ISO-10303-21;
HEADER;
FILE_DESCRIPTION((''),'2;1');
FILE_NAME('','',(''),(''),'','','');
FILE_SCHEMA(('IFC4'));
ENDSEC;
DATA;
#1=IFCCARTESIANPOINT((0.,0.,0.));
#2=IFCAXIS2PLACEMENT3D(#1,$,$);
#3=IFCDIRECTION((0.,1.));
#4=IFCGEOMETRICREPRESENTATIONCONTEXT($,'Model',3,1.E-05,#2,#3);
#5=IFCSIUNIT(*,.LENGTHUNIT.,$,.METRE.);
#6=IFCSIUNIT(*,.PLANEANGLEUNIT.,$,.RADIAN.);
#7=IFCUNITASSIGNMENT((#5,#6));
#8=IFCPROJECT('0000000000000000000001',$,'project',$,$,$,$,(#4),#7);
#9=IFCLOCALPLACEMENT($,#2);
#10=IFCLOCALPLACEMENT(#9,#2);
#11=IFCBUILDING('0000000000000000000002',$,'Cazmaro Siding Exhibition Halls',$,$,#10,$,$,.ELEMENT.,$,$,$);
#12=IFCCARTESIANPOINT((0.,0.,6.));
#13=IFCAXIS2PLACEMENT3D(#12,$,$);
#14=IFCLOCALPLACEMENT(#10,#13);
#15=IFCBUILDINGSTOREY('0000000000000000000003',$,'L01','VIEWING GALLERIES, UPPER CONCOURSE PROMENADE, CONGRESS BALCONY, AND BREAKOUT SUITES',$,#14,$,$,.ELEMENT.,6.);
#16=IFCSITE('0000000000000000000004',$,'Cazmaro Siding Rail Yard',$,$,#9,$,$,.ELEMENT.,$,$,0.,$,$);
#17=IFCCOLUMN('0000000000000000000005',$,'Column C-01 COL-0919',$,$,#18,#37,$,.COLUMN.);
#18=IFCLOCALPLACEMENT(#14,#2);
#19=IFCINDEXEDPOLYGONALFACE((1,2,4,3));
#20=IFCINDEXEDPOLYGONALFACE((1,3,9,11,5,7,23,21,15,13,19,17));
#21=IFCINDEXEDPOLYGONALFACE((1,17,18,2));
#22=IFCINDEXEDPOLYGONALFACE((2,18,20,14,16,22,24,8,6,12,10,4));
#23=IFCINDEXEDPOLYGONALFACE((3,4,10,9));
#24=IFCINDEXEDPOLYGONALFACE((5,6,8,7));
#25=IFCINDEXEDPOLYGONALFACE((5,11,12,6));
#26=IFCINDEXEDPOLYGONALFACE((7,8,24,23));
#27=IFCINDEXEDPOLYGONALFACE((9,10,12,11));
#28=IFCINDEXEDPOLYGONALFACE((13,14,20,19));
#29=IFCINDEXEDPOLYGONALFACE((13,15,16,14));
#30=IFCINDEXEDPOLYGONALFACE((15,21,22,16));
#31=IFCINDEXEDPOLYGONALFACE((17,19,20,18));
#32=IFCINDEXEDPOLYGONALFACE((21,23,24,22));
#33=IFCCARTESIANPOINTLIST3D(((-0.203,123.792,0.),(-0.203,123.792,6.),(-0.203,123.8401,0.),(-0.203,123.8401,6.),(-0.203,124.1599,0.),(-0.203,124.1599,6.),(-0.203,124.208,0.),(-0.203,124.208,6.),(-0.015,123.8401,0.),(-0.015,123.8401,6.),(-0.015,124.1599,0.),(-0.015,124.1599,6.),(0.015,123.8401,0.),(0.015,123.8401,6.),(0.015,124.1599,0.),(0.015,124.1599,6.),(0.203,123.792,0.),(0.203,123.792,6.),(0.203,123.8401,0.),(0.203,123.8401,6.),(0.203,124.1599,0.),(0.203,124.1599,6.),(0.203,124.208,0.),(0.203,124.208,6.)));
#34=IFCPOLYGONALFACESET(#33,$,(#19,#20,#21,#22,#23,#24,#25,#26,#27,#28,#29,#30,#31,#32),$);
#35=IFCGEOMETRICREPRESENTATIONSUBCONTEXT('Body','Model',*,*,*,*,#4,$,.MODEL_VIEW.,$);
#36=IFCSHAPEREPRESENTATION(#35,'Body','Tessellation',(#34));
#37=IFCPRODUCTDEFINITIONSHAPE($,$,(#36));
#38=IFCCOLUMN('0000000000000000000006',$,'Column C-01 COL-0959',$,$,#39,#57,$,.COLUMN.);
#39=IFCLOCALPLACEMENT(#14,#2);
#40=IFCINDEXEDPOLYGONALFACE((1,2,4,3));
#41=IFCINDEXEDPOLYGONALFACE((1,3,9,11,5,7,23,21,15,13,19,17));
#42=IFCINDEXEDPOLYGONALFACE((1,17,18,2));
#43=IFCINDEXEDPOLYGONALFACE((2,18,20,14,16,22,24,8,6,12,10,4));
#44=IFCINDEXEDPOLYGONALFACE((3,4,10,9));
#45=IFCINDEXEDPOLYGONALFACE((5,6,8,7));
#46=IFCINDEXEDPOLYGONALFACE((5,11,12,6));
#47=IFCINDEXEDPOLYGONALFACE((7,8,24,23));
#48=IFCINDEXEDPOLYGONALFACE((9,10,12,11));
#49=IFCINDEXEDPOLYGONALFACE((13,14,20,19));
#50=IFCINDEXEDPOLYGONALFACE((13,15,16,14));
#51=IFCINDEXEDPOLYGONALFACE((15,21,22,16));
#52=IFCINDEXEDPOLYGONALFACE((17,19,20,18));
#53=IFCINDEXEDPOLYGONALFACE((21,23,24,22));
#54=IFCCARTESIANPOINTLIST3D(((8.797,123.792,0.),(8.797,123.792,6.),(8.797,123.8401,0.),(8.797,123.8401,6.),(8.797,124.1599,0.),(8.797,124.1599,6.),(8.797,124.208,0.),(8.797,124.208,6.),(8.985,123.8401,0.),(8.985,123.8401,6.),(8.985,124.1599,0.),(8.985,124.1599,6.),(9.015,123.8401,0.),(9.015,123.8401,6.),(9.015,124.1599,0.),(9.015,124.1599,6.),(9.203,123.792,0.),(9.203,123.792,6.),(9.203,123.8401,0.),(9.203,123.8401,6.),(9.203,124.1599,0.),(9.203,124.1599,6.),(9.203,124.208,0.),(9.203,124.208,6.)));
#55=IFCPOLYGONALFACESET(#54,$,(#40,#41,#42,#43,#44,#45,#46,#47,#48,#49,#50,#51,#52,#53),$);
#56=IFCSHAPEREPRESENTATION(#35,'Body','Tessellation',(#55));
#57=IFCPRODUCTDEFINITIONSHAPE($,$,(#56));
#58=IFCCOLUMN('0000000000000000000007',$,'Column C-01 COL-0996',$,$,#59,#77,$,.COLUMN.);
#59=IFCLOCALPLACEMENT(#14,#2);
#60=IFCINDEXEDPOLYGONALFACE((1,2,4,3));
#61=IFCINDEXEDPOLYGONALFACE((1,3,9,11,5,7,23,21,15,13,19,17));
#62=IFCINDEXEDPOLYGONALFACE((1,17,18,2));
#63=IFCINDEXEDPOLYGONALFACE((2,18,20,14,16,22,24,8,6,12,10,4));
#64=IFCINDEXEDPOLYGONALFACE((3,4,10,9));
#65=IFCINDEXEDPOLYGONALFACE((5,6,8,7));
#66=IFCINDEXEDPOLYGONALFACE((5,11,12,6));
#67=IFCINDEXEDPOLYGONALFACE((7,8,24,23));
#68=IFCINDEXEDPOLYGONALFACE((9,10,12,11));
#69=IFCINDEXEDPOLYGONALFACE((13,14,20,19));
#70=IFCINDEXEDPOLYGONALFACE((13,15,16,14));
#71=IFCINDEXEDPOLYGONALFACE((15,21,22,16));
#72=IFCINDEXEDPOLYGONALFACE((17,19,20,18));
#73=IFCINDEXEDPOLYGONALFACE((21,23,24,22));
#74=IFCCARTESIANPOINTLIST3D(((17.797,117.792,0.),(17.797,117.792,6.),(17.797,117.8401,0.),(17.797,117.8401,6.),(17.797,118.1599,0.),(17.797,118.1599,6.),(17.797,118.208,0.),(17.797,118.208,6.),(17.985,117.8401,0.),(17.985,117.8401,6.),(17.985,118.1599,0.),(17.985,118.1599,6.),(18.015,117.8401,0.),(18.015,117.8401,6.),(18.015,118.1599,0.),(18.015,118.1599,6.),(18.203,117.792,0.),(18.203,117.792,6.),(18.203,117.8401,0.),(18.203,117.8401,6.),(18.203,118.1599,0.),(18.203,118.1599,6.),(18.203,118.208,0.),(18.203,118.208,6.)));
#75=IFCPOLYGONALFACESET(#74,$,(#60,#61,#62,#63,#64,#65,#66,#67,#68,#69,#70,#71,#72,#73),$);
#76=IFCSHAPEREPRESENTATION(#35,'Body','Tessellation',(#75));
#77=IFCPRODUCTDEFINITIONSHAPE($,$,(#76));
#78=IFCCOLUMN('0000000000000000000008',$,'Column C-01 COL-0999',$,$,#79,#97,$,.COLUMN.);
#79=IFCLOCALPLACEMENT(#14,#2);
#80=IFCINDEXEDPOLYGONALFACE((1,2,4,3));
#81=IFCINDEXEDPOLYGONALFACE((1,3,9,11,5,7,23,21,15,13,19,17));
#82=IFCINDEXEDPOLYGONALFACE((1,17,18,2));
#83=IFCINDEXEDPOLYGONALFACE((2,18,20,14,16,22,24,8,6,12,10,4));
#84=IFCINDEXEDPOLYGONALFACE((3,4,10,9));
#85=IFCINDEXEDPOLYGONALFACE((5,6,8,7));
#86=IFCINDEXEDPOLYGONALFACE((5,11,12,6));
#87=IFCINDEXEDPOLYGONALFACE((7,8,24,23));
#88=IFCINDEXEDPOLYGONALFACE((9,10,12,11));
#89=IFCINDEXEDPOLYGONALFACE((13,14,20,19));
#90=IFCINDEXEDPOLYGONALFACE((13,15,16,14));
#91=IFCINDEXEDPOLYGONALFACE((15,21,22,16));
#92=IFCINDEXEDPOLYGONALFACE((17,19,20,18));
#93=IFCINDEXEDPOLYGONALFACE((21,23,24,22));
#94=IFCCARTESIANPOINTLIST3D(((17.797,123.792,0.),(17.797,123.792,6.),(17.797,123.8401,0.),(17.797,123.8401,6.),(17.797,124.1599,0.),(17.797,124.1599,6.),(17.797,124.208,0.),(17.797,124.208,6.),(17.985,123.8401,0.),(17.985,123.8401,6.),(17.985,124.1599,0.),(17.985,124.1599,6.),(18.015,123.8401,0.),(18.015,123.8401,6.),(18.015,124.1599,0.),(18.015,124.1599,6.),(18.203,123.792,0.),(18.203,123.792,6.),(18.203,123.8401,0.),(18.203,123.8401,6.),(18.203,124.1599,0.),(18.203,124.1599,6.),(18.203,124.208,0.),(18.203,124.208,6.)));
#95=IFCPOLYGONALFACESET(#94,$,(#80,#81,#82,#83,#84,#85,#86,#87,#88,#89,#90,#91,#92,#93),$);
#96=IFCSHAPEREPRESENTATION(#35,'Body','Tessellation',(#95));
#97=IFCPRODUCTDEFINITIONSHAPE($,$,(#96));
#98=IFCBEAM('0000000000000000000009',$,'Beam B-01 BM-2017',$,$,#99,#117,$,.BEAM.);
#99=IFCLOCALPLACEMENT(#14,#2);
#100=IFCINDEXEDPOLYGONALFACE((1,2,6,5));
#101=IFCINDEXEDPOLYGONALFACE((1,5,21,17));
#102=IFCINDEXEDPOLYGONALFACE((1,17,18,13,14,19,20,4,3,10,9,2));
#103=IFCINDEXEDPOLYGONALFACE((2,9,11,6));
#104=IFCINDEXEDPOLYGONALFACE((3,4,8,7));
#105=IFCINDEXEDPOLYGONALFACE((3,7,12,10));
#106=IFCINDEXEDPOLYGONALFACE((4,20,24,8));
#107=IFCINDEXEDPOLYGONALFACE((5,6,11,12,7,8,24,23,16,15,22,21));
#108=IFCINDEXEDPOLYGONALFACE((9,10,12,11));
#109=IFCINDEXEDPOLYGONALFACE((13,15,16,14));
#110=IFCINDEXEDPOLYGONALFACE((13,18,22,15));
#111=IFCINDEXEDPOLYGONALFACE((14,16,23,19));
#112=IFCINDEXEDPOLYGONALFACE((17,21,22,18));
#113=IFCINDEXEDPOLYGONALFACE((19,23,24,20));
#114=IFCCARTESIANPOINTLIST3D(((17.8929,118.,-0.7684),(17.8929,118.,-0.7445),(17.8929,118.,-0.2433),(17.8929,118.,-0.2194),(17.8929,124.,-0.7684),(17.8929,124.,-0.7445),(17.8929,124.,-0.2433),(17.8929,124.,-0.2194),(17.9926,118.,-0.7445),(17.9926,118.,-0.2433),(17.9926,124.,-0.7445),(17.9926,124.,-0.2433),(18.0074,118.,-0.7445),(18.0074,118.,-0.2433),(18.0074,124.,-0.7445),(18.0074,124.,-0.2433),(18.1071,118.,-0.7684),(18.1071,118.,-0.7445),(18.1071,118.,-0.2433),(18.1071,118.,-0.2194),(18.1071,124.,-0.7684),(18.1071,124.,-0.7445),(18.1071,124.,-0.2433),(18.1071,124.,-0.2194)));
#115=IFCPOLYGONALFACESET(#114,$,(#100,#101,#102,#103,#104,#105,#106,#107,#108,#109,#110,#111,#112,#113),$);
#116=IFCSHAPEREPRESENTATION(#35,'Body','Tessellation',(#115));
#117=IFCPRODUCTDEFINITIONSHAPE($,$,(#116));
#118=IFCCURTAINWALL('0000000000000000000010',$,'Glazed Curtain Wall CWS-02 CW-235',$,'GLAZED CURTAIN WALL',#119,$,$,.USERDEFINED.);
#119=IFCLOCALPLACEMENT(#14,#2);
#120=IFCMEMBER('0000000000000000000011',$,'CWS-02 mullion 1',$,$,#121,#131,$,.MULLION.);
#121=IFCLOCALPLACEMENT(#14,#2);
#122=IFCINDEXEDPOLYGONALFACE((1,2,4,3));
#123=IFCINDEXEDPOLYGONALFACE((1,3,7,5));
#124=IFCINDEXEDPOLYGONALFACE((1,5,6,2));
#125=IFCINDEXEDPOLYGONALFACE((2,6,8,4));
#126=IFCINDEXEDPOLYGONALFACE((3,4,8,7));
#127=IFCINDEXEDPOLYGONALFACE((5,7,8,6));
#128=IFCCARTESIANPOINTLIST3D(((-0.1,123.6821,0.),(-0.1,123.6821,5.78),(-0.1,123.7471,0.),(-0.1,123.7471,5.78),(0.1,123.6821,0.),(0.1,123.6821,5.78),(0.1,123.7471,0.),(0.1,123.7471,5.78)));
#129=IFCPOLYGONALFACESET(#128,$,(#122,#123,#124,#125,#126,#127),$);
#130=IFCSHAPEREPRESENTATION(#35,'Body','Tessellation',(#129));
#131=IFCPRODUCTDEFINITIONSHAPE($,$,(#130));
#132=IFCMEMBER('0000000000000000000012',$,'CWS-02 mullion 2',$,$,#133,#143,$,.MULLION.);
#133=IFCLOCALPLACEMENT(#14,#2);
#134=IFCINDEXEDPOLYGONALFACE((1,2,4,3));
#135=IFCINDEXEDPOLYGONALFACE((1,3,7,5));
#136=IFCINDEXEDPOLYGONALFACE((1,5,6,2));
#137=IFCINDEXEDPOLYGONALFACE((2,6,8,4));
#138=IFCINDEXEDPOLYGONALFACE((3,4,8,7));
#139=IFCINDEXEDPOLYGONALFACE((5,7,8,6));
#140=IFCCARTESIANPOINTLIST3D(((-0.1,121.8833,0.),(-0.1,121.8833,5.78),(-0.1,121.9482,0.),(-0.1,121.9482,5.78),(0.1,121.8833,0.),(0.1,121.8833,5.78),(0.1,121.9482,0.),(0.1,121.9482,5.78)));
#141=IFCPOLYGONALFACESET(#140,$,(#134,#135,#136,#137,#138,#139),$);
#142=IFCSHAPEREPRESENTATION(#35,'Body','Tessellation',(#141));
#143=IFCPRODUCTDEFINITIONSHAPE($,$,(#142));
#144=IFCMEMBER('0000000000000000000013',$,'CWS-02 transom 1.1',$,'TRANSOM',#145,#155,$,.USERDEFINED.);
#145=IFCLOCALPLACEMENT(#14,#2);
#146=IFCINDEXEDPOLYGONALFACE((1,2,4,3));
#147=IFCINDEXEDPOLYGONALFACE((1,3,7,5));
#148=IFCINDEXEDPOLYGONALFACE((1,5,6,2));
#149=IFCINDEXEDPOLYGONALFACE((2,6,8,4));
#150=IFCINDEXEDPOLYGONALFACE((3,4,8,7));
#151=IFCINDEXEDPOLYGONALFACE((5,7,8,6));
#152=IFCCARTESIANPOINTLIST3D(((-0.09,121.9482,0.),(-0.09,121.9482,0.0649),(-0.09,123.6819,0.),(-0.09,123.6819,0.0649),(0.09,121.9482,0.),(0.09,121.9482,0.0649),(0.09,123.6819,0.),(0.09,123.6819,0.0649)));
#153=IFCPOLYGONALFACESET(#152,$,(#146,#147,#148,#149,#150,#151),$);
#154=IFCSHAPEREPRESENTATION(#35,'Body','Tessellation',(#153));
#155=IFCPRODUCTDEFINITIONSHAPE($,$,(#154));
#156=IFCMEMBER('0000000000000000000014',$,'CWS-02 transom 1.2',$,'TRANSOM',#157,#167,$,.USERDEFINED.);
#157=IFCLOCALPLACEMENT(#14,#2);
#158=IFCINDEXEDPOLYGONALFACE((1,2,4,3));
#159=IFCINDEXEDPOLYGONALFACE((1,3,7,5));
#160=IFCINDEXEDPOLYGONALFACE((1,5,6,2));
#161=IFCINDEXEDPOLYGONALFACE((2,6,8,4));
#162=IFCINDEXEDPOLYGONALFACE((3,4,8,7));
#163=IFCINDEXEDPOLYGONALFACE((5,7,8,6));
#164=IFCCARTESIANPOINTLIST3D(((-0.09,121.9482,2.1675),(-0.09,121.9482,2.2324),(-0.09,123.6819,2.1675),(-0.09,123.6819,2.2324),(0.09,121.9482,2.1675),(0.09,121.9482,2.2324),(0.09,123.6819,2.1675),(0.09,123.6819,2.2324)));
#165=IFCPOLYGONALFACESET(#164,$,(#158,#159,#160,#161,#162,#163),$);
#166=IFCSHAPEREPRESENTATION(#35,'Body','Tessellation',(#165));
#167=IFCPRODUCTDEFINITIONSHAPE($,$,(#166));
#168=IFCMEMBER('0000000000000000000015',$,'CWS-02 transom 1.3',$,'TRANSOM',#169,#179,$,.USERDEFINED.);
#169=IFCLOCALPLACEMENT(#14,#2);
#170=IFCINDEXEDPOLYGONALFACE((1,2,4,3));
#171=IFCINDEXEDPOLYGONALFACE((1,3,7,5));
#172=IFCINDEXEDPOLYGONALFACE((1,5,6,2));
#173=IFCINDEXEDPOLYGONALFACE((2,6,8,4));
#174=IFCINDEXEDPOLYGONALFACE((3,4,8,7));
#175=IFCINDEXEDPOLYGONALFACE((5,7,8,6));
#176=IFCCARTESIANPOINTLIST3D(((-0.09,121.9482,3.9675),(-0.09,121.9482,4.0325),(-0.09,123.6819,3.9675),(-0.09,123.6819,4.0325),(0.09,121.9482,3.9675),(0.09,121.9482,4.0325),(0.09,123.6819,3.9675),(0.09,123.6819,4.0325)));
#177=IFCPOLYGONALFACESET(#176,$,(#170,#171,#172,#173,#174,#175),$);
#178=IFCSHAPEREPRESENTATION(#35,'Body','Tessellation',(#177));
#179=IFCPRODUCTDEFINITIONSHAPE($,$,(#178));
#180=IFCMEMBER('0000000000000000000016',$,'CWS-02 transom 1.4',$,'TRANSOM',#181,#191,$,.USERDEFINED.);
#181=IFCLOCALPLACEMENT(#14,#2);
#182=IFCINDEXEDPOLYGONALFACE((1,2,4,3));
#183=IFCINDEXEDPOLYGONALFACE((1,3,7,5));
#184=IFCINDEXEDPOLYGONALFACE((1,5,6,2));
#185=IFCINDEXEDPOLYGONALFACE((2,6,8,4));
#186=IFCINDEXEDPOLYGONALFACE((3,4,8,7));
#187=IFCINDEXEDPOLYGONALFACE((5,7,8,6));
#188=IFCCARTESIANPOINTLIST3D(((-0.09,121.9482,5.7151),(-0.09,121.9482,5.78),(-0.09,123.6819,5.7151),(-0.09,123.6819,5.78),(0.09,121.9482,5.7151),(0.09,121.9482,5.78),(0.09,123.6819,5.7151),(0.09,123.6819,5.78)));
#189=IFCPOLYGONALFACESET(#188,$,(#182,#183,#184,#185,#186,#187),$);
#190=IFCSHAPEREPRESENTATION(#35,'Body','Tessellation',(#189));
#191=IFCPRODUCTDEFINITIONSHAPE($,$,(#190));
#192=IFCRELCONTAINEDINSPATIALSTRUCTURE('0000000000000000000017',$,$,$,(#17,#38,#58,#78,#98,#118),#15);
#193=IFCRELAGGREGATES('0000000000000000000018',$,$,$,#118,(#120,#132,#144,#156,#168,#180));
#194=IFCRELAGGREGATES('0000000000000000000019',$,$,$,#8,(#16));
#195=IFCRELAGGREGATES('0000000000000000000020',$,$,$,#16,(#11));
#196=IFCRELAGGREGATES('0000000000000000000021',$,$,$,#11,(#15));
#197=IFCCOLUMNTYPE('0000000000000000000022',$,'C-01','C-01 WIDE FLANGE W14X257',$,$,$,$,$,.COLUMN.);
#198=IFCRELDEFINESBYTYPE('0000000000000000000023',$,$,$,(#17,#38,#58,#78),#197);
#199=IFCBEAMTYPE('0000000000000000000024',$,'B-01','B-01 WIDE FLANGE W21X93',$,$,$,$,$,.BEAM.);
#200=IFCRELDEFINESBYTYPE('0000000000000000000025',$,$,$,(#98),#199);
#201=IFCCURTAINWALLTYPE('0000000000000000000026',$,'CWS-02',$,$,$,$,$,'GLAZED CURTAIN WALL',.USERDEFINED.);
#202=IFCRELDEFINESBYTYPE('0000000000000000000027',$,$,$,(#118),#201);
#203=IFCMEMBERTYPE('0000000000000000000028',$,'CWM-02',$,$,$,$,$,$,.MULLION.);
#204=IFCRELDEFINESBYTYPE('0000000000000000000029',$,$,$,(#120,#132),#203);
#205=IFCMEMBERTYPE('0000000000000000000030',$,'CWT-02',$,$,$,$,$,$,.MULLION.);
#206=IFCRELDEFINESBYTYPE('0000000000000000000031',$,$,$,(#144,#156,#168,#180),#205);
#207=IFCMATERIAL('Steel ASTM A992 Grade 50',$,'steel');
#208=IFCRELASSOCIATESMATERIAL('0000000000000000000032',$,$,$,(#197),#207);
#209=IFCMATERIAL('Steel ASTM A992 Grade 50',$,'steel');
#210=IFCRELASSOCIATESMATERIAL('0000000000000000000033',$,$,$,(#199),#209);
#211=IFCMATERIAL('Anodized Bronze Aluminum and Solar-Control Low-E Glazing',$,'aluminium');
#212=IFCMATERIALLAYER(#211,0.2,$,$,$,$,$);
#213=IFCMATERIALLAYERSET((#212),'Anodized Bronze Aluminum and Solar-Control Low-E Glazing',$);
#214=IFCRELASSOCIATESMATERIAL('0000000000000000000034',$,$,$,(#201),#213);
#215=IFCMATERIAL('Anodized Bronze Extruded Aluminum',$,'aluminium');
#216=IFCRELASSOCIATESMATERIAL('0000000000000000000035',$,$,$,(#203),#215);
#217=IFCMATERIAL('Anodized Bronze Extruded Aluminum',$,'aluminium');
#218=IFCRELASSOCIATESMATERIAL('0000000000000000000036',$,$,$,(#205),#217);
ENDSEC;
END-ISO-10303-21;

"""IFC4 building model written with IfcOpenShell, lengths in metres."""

from ifc_helpers import new_model, si_unit, direction, frame, origin, origin_2d, place, context, subcontext, project, spatial, rectangle, i_section, extrude, material, layer, layer_set, material_profile, profile_set, type_object, element, aggregate, save


model = new_model("IFC4")

# Units and contexts
model_context = context("Model", 3, precision=1e-05, world=origin(), true_north=direction((0.0, 1.0)))
body_context = subcontext(model_context, "Body", "Model", "MODEL_VIEW")
ifc_project = project(units=[si_unit("LENGTHUNIT", "METRE"), si_unit("PLANEANGLEUNIT", "RADIAN")], contexts=[model_context])

# Site, building, storey
site_placement = place(None, origin())
site = spatial("IfcSite", under=ifc_project, at=site_placement, Name="Cazmaro Siding Rail Yard", CompositionType="ELEMENT", RefElevation=0.0)
building_placement = place(site_placement, origin())
building = spatial("IfcBuilding", under=site, at=building_placement, Name="Cazmaro Siding Exhibition Halls", CompositionType="ELEMENT")
storey_placement = place(building_placement, frame((0.0, 0.0, 6.0)))
storey = spatial("IfcBuildingStorey", under=building, at=storey_placement, Name="L01", Description="VIEWING GALLERIES, UPPER CONCOURSE PROMENADE, CONGRESS BALCONY, AND BREAKOUT SUITES", CompositionType="ELEMENT", Elevation=6.0)

# Columns
ifc_material_1 = material(Name="Steel ASTM A992 Grade 50", Category="steel")
ifc_material_profile_1 = material_profile(ifc_material_1, i_section(OverallWidth=0.406, OverallDepth=0.416, WebThickness=0.03, FlangeThickness=0.0481, at=origin_2d()), Name="W14X257")
ifc_profile_set_1 = profile_set([ifc_material_profile_1], Name="Steel ASTM A992 Grade 50")
column_type = type_object("IfcColumnType", Name="C-01", Description="C-01 WIDE FLANGE W14X257", PredefinedType="COLUMN", material=ifc_profile_set_1)
for number, where, z_axis, x_axis, name in (
    (1, (0.0, 124.0, 0.0), (0.0, 0.0, 1.0), (1.0, 0.0, 0.0), "Column C-01 COL-0919"),
    (2, (9.0, 124.0, 0.0), (0.0, 0.0, 1.0), (1.0, 0.0, 0.0), "Column C-01 COL-0959"),
    (3, (18.0, 118.0, 0.0), (0.0, 0.0, 1.0), (1.0, 0.0, 0.0), "Column C-01 COL-0996"),
    (4, (18.0, 124.0, 0.0), (0.0, 0.0, 1.0), (1.0, 0.0, 0.0), "Column C-01 COL-0999"),
):
    element("IfcColumn", number, at=place(storey_placement, frame(where, z_axis=z_axis, x_axis=x_axis)), inside=storey, type_object=column_type, Name=name, PredefinedType="COLUMN", context=body_context, shape_type="SweptSolid", body=[
        extrude(i_section(OverallWidth=0.406, OverallDepth=0.416, WebThickness=0.03, FlangeThickness=0.0481, at=origin_2d()), origin(), (0.0, 0.0, 1.0), 6.0),
    ])

# Beam
ifc_material_2 = material(Name="Steel ASTM A992 Grade 50", Category="steel")
ifc_material_profile_2 = material_profile(ifc_material_2, i_section(OverallWidth=0.2141, OverallDepth=0.5491, WebThickness=0.0149, FlangeThickness=0.0239, at=origin_2d()), Name="W21X93")
ifc_profile_set_2 = profile_set([ifc_material_profile_2], Name="Steel ASTM A992 Grade 50")
beam_type_1 = type_object("IfcBeamType", Name="B-01", Description="B-01 WIDE FLANGE W21X93", PredefinedType="BEAM", material=ifc_profile_set_2)
beam_placement = place(storey_placement, frame((18.0, 118.0, -0.4939), z_axis=(0.0, 1.0, 0.0), x_axis=(-1.0, 0.0, 0.0)))
element("IfcBeam", 5, at=beam_placement, inside=storey, type_object=beam_type_1, Name="Beam B-01 BM-2017", PredefinedType="BEAM", context=body_context, shape_type="SweptSolid", body=[
    extrude(i_section(OverallWidth=0.2141, OverallDepth=0.5491, WebThickness=0.0149, FlangeThickness=0.0239, at=origin_2d()), origin(), (0.0, 0.0, 1.0), 6.0),
])

# Curtain wall, members
ifc_material_3 = material(Name="Anodized Bronze Aluminum and Solar-Control Low-E Glazing", Category="aluminium")
ifc_layer_1 = layer(ifc_material_3, 0.2)
ifc_layer_set_1 = layer_set([ifc_layer_1], Name="Anodized Bronze Aluminum and Solar-Control Low-E Glazing")
curtain_wall_type = type_object("IfcCurtainWallType", Name="CWS-02", ElementType="GLAZED CURTAIN WALL", PredefinedType="USERDEFINED", material=ifc_layer_set_1)
curtain_wall_placement = place(storey_placement, origin())
curtain_wall = element("IfcCurtainWall", 6, at=curtain_wall_placement, inside=storey, type_object=curtain_wall_type, Name="Glazed Curtain Wall CWS-02 CW-235", ObjectType="GLAZED CURTAIN WALL", PredefinedType="USERDEFINED")
ifc_material_4 = material(Name="Anodized Bronze Extruded Aluminum", Category="aluminium")
ifc_material_profile_3 = material_profile(ifc_material_4, rectangle(XDim=0.2, YDim=0.0649, at=origin_2d()), Name="CWM-02")
ifc_profile_set_3 = profile_set([ifc_material_profile_3], Name="Anodized Bronze Extruded Aluminum")
member_type_1 = type_object("IfcMemberType", Name="CWM-02", PredefinedType="MULLION", material=ifc_profile_set_3)
member_1_placement = place(storey_placement, frame((0.0, 123.7146, 0.0), z_axis=(0.0, 0.0, 1.0), x_axis=(1.0, 0.0, 0.0)))
member_1 = element("IfcMember", 7, at=member_1_placement, type_object=member_type_1, Name="CWS-02 mullion 1", PredefinedType="MULLION", context=body_context, shape_type="SweptSolid", body=[
    extrude(rectangle(XDim=0.2, YDim=0.0649, at=origin_2d()), origin(), (0.0, 0.0, 1.0), 5.78),
])
member_2_placement = place(storey_placement, frame((0.0, 121.9158, 0.0), z_axis=(0.0, 0.0, 1.0), x_axis=(1.0, 0.0, 0.0)))
member_2 = element("IfcMember", 8, at=member_2_placement, type_object=member_type_1, Name="CWS-02 mullion 2", PredefinedType="MULLION", context=body_context, shape_type="SweptSolid", body=[
    extrude(rectangle(XDim=0.2, YDim=0.0649, at=origin_2d()), origin(), (0.0, 0.0, 1.0), 5.78),
])
ifc_material_5 = material(Name="Anodized Bronze Extruded Aluminum", Category="aluminium")
ifc_material_profile_4 = material_profile(ifc_material_5, rectangle(XDim=0.1799, YDim=0.0649, at=origin_2d()), Name="CWT-02")
ifc_profile_set_4 = profile_set([ifc_material_profile_4], Name="Anodized Bronze Extruded Aluminum")
member_type_2 = type_object("IfcMemberType", Name="CWT-02", PredefinedType="MULLION", material=ifc_profile_set_4)
member_3_placement = place(storey_placement, frame((0.0, 123.6819, 0.0325), z_axis=(0.0, -1.0, 0.0), x_axis=(1.0, 0.0, 0.0)))
member_3 = element("IfcMember", 9, at=member_3_placement, type_object=member_type_2, Name="CWS-02 transom 1.1", ObjectType="TRANSOM", PredefinedType="USERDEFINED", context=body_context, shape_type="SweptSolid", body=[
    extrude(rectangle(XDim=0.1799, YDim=0.0649, at=origin_2d()), origin(), (0.0, 0.0, 1.0), 1.7336),
])
member_4_placement = place(storey_placement, frame((0.0, 123.6819, 2.2), z_axis=(0.0, -1.0, 0.0), x_axis=(1.0, 0.0, 0.0)))
member_4 = element("IfcMember", 10, at=member_4_placement, type_object=member_type_2, Name="CWS-02 transom 1.2", ObjectType="TRANSOM", PredefinedType="USERDEFINED", context=body_context, shape_type="SweptSolid", body=[
    extrude(rectangle(XDim=0.1799, YDim=0.0649, at=origin_2d()), origin(), (0.0, 0.0, 1.0), 1.7336),
])
member_5_placement = place(storey_placement, frame((0.0, 123.6819, 4.0), z_axis=(0.0, -1.0, 0.0), x_axis=(1.0, 0.0, 0.0)))
member_5 = element("IfcMember", 11, at=member_5_placement, type_object=member_type_2, Name="CWS-02 transom 1.3", ObjectType="TRANSOM", PredefinedType="USERDEFINED", context=body_context, shape_type="SweptSolid", body=[
    extrude(rectangle(XDim=0.1799, YDim=0.0649, at=origin_2d()), origin(), (0.0, 0.0, 1.0), 1.7336),
])
member_6_placement = place(storey_placement, frame((0.0, 123.6819, 5.7476), z_axis=(0.0, -1.0, 0.0), x_axis=(1.0, 0.0, 0.0)))
member_6 = element("IfcMember", 12, at=member_6_placement, type_object=member_type_2, Name="CWS-02 transom 1.4", ObjectType="TRANSOM", PredefinedType="USERDEFINED", context=body_context, shape_type="SweptSolid", body=[
    extrude(rectangle(XDim=0.1799, YDim=0.0649, at=origin_2d()), origin(), (0.0, 0.0, 1.0), 1.7336),
])

aggregate(curtain_wall, [member_1, member_2, member_3, member_4, member_5, member_6])

save(model, "model.ifc")
